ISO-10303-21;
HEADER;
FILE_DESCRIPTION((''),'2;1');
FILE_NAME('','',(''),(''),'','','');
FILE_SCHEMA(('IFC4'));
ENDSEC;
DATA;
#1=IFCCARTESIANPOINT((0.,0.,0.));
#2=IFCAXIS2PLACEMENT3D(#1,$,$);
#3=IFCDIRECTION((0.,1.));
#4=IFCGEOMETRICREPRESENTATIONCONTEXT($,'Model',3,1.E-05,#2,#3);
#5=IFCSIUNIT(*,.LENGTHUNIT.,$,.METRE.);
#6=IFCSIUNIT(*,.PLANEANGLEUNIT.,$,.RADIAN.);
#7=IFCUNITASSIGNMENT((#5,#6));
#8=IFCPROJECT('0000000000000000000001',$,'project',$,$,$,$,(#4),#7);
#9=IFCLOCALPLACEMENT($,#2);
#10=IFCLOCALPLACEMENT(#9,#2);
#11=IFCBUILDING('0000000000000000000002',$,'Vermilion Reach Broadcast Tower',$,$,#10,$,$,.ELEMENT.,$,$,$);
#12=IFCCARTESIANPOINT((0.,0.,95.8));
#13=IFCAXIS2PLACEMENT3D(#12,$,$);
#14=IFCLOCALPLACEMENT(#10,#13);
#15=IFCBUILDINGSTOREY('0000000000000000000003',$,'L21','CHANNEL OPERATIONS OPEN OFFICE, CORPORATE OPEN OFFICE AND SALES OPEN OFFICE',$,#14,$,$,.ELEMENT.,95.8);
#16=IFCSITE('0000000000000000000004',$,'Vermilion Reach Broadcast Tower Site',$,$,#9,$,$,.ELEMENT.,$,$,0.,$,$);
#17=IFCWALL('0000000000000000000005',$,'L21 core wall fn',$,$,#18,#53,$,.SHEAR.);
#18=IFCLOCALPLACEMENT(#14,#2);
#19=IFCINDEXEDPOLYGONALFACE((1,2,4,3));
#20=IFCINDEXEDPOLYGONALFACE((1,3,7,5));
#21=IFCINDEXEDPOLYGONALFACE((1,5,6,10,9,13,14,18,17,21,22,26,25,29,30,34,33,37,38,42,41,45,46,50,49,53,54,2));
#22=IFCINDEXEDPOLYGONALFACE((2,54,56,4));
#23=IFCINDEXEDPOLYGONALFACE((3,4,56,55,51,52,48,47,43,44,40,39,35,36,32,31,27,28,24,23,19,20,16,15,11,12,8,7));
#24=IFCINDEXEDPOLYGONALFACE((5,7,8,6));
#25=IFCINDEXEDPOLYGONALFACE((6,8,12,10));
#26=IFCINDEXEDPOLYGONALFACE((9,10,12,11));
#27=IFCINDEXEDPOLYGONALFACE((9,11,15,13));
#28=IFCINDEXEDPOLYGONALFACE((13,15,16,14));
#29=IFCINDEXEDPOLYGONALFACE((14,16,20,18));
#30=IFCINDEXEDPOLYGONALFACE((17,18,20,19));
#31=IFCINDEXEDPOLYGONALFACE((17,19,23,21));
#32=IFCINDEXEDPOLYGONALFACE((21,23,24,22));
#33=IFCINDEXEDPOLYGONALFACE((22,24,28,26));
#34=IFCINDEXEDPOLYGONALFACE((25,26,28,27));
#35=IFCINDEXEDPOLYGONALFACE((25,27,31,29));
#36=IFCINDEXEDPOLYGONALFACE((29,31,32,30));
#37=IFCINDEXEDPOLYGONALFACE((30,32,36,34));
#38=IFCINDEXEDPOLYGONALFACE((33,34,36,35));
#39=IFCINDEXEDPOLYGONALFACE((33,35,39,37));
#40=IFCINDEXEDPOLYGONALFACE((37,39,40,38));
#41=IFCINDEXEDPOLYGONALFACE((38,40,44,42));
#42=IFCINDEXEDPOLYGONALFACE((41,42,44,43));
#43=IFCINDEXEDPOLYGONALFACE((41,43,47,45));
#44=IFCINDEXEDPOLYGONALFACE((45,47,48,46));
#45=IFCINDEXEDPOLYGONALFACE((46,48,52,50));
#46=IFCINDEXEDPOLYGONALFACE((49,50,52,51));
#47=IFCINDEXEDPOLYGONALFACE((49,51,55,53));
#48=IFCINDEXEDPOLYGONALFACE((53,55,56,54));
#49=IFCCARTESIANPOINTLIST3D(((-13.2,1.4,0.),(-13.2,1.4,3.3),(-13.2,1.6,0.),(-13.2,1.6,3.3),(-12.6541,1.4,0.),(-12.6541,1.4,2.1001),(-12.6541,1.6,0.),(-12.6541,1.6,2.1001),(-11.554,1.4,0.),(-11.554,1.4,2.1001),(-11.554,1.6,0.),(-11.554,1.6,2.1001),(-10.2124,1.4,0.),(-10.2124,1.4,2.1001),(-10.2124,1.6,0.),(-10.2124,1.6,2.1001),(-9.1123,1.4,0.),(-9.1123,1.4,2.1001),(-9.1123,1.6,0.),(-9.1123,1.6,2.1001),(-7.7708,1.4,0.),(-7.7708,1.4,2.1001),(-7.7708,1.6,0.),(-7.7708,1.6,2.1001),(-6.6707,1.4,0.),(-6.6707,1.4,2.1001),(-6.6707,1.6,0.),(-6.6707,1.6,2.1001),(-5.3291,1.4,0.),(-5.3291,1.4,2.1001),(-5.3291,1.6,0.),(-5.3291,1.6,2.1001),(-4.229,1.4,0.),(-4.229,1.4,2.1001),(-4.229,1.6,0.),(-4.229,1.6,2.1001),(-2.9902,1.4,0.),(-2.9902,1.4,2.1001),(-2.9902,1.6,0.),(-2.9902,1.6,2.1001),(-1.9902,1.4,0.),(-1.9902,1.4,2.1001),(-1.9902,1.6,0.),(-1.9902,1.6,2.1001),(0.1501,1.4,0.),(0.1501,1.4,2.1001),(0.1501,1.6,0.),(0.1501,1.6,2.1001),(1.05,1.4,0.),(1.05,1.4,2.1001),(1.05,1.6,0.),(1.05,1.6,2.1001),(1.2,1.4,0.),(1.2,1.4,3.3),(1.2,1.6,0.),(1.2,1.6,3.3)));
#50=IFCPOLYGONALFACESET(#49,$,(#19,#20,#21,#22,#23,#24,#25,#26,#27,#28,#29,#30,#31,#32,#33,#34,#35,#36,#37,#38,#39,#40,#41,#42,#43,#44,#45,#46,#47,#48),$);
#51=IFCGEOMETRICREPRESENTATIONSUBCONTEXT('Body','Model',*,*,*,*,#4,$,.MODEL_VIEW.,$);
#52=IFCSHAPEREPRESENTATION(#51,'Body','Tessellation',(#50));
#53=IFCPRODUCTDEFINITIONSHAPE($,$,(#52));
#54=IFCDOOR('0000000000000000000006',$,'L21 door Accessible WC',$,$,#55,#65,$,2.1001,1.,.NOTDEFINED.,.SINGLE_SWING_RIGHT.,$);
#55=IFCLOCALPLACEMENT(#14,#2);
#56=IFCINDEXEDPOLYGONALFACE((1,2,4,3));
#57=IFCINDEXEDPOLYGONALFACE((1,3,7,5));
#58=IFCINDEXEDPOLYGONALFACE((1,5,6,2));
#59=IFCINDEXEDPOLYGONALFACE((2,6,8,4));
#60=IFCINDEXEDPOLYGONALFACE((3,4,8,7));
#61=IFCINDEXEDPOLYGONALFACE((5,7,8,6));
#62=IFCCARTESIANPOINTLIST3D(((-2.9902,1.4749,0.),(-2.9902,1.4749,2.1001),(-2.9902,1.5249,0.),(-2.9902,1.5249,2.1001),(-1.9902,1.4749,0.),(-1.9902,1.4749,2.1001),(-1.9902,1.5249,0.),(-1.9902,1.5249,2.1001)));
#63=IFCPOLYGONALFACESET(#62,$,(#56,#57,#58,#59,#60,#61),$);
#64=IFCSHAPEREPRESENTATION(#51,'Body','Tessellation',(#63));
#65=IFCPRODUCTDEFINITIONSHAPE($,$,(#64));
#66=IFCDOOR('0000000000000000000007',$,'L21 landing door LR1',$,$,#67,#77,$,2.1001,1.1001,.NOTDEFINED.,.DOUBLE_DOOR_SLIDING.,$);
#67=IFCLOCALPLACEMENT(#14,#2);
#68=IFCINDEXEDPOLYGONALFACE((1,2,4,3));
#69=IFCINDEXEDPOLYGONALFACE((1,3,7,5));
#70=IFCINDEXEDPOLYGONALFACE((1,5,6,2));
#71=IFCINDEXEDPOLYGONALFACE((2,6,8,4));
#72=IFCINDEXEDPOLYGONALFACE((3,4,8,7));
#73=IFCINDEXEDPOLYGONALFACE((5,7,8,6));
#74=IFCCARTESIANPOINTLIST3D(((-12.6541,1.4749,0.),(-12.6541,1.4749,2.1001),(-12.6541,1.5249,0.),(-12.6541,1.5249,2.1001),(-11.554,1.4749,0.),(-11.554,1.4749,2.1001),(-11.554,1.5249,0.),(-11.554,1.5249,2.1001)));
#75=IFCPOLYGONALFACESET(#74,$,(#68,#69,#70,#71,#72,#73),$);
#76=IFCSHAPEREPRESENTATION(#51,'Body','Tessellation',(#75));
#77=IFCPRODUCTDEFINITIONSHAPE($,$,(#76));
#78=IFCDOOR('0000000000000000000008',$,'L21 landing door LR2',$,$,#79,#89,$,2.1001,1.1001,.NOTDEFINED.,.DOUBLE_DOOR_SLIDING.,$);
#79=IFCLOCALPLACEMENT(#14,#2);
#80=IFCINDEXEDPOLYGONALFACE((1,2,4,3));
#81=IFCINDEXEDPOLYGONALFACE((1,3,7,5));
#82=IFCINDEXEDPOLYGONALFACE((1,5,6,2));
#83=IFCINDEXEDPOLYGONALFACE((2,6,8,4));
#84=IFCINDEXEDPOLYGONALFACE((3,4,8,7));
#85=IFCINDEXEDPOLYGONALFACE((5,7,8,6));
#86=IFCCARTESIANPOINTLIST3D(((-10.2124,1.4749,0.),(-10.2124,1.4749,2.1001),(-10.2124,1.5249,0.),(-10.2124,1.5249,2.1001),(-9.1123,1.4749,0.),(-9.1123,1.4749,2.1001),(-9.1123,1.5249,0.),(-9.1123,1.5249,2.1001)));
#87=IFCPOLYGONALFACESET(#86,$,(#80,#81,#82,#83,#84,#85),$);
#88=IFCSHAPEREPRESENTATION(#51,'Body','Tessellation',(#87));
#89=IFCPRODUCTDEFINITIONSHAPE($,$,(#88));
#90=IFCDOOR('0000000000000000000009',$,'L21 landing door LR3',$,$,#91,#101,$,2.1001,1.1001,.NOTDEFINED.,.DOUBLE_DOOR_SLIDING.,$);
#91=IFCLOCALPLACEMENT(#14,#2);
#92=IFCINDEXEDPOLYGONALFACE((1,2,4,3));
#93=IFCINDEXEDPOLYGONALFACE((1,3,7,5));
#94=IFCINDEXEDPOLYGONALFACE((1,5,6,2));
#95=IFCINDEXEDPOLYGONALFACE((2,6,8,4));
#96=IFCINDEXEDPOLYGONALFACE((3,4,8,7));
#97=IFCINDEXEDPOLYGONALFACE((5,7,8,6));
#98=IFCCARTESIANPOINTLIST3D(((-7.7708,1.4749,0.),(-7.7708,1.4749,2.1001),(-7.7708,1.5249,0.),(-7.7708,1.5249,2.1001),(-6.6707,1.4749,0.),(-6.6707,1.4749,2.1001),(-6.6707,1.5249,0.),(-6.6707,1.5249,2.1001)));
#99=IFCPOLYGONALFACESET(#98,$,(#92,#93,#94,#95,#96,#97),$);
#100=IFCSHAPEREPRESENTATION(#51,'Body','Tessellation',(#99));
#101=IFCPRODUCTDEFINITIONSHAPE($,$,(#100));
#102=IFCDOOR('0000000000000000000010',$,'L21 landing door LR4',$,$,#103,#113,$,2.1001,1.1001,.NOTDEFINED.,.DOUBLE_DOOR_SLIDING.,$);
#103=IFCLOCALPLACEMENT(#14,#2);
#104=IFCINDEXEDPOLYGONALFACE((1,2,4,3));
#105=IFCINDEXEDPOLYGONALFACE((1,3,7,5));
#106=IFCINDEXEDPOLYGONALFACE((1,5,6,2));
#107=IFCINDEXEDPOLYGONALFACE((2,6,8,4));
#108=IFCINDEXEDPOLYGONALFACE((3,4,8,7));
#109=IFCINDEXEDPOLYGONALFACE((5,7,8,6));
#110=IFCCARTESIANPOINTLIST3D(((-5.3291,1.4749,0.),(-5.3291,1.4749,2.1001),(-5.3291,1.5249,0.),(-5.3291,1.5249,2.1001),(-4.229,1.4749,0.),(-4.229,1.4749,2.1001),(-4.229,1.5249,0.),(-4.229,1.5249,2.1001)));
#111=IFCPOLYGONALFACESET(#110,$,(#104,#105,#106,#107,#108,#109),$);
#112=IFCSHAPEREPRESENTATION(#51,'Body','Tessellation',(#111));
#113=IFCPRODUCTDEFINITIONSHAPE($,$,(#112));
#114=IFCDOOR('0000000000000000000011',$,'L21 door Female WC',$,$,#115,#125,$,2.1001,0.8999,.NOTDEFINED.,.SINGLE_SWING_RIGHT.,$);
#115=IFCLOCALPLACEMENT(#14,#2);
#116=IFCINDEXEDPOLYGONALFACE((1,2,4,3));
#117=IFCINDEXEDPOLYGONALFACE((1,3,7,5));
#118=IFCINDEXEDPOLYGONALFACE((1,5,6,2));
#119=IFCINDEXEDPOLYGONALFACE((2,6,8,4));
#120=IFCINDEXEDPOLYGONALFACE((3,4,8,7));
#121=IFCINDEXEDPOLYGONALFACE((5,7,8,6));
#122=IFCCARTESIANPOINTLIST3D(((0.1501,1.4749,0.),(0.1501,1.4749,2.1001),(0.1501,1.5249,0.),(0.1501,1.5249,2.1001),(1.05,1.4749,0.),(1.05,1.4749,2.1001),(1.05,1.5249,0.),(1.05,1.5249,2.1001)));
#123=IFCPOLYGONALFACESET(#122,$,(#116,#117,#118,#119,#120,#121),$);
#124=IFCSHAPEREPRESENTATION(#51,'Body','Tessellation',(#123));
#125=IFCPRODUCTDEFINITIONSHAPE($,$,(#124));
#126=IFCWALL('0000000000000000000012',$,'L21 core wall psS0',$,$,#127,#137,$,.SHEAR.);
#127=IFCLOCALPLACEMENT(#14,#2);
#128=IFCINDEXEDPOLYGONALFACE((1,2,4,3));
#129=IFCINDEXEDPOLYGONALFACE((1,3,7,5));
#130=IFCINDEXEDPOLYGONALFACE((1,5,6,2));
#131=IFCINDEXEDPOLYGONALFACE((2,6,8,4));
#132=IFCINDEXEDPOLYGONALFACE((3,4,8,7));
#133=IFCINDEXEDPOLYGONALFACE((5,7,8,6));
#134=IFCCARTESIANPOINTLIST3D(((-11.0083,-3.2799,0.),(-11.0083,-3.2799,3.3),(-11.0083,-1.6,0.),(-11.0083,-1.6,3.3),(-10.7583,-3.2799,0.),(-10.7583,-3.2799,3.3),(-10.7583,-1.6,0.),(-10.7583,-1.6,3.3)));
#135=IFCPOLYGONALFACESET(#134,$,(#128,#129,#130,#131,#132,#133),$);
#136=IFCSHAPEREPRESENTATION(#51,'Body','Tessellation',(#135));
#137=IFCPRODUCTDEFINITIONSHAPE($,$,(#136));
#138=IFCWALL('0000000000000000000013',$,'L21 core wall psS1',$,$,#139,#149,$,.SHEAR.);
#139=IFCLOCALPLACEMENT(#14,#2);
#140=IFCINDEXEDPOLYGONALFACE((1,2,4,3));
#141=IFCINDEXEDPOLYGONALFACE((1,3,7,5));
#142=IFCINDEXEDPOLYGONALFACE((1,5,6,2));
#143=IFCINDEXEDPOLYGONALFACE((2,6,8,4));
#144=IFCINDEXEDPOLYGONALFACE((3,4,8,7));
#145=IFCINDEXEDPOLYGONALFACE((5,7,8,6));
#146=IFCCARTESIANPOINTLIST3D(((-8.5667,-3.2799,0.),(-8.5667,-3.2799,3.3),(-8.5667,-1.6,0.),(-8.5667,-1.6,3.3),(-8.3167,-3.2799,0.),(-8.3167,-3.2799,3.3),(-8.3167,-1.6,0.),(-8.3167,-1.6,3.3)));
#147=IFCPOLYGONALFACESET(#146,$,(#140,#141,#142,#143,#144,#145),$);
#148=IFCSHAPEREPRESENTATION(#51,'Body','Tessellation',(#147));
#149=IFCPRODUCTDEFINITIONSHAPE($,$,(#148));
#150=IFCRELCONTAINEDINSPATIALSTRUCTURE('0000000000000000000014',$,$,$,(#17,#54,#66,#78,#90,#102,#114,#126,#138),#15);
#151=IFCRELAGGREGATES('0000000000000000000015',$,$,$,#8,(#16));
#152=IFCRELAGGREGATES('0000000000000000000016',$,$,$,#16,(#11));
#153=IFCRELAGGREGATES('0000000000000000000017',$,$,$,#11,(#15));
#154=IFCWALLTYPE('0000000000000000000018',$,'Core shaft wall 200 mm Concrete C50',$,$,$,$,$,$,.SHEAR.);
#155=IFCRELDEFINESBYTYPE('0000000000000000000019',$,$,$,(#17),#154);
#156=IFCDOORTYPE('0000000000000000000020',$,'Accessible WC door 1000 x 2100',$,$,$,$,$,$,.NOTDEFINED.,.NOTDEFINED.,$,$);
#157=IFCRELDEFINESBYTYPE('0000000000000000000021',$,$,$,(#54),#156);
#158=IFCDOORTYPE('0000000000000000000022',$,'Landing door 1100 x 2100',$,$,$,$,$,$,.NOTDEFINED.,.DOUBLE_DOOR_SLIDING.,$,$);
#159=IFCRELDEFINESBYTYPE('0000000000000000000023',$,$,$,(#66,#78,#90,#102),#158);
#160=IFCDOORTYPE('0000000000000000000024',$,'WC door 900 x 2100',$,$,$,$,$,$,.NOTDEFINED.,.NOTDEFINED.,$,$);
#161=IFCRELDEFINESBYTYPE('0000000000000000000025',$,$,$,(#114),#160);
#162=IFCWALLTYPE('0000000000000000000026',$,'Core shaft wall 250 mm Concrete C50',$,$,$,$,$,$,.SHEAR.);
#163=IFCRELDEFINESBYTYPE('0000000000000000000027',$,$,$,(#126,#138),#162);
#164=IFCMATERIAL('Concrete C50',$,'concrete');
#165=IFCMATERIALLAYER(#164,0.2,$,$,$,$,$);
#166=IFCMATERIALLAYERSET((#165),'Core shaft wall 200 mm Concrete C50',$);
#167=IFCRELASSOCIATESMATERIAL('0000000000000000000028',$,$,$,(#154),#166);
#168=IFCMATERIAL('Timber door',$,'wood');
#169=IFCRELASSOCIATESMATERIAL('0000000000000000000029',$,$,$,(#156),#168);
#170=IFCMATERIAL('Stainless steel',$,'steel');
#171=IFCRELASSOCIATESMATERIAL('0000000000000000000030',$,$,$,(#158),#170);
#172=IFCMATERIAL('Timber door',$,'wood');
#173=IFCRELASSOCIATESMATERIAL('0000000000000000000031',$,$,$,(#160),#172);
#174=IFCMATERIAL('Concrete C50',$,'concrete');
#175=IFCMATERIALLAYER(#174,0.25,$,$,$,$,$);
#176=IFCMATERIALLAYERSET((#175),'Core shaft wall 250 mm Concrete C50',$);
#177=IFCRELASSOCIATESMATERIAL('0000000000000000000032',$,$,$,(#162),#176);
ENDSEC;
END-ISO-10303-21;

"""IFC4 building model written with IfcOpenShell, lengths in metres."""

from ifc_helpers import new_model, si_unit, direction, frame, frame_2d, origin, place, context, subcontext, project, spatial, rectangle, extrude, material, layer, layer_set, type_object, element, fill, save


model = new_model("IFC4")

# Units and contexts
model_context = context("Model", 3, precision=1e-05, world=origin(), true_north=direction((0.0, 1.0)))
body_context = subcontext(model_context, "Body", "Model", "MODEL_VIEW")
ifc_project = project(units=[si_unit("LENGTHUNIT", "METRE"), si_unit("PLANEANGLEUNIT", "RADIAN")], contexts=[model_context])

# Site, building, storey
site_placement = place(None, origin())
site = spatial("IfcSite", under=ifc_project, at=site_placement, Name="Vermilion Reach Broadcast Tower Site", CompositionType="ELEMENT", RefElevation=0.0)
building_placement = place(site_placement, origin())
building = spatial("IfcBuilding", under=site, at=building_placement, Name="Vermilion Reach Broadcast Tower", CompositionType="ELEMENT")
storey_placement = place(building_placement, frame((0.0, 0.0, 95.8)))
storey = spatial("IfcBuildingStorey", under=building, at=storey_placement, Name="L21", Description="CHANNEL OPERATIONS OPEN OFFICE, CORPORATE OPEN OFFICE AND SALES OPEN OFFICE", CompositionType="ELEMENT", Elevation=95.8)

# Wall, openings, doors
ifc_material_1 = material(Name="Concrete C50", Category="concrete")
ifc_layer_1 = layer(ifc_material_1, 0.2)
ifc_layer_set_1 = layer_set([ifc_layer_1], Name="Core shaft wall 200 mm Concrete C50")
wall_type_1 = type_object("IfcWallType", Name="Core shaft wall 200 mm Concrete C50", PredefinedType="SHEAR", material=ifc_layer_set_1)
wall_1_placement = place(storey_placement, frame((-13.2, 1.5, 0.0), z_axis=(0.0, 0.0, 1.0), x_axis=(1.0, 0.0, 0.0)))
wall_1 = element("IfcWall", 1, at=wall_1_placement, inside=storey, type_object=wall_type_1, Name="L21 core wall fn", PredefinedType="SHEAR", context=body_context, shape_type="SweptSolid", body=[
    extrude(rectangle(XDim=14.3999, YDim=0.2, at=frame_2d((7.2, 0.0))), origin(), (0.0, 0.0, 1.0), 3.3),
])
opening_1_placement = place(wall_1_placement, frame((0.5459, 0.0, 0.0)))
opening_1 = element("IfcOpeningElement", 2, at=opening_1_placement, cuts=wall_1, PredefinedType="OPENING", context=body_context, shape_type="SweptSolid", body=[
    extrude(rectangle(XDim=1.1001, YDim=2.1001, at=frame_2d((0.55, 1.05))), frame((0.0, 0.1099, 0.0), z_axis=(0.0, -1.0, 0.0), x_axis=(1.0, 0.0, 0.0)), (0.0, 0.0, 1.0), 0.22),
])
opening_2_placement = place(wall_1_placement, frame((2.9875, 0.0, 0.0)))
opening_2 = element("IfcOpeningElement", 3, at=opening_2_placement, cuts=wall_1, PredefinedType="OPENING", context=body_context, shape_type="SweptSolid", body=[
    extrude(rectangle(XDim=1.1001, YDim=2.1001, at=frame_2d((0.55, 1.05))), frame((0.0, 0.1099, 0.0), z_axis=(0.0, -1.0, 0.0), x_axis=(1.0, 0.0, 0.0)), (0.0, 0.0, 1.0), 0.22),
])
opening_3_placement = place(wall_1_placement, frame((5.4292, 0.0, 0.0)))
opening_3 = element("IfcOpeningElement", 4, at=opening_3_placement, cuts=wall_1, PredefinedType="OPENING", context=body_context, shape_type="SweptSolid", body=[
    extrude(rectangle(XDim=1.1001, YDim=2.1001, at=frame_2d((0.55, 1.05))), frame((0.0, 0.1099, 0.0), z_axis=(0.0, -1.0, 0.0), x_axis=(1.0, 0.0, 0.0)), (0.0, 0.0, 1.0), 0.22),
])
opening_4_placement = place(wall_1_placement, frame((7.8708, 0.0, 0.0)))
opening_4 = element("IfcOpeningElement", 5, at=opening_4_placement, cuts=wall_1, PredefinedType="OPENING", context=body_context, shape_type="SweptSolid", body=[
    extrude(rectangle(XDim=1.1001, YDim=2.1001, at=frame_2d((0.55, 1.05))), frame((0.0, 0.1099, 0.0), z_axis=(0.0, -1.0, 0.0), x_axis=(1.0, 0.0, 0.0)), (0.0, 0.0, 1.0), 0.22),
])
opening_5_placement = place(wall_1_placement, frame((10.2097, 0.0, 0.0)))
opening_5 = element("IfcOpeningElement", 6, at=opening_5_placement, cuts=wall_1, PredefinedType="OPENING", context=body_context, shape_type="SweptSolid", body=[
    extrude(rectangle(XDim=1.0, YDim=2.1001, at=frame_2d((0.5, 1.05))), frame((0.0, 0.1099, 0.0), z_axis=(0.0, -1.0, 0.0), x_axis=(1.0, 0.0, 0.0)), (0.0, 0.0, 1.0), 0.22),
])
opening_6_placement = place(wall_1_placement, frame((13.3501, 0.0, 0.0)))
opening_6 = element("IfcOpeningElement", 7, at=opening_6_placement, cuts=wall_1, PredefinedType="OPENING", context=body_context, shape_type="SweptSolid", body=[
    extrude(rectangle(XDim=0.8999, YDim=2.1001, at=frame_2d((0.45, 1.05))), frame((0.0, 0.1099, 0.0), z_axis=(0.0, -1.0, 0.0), x_axis=(1.0, 0.0, 0.0)), (0.0, 0.0, 1.0), 0.22),
])
ifc_material_2 = material(Name="Timber door", Category="wood")
door_type_1 = type_object("IfcDoorType", Name="Accessible WC door 1000 x 2100", OperationType="NOTDEFINED", PredefinedType="NOTDEFINED", material=ifc_material_2)
door_1_placement = place(opening_5_placement, origin())
door_1 = element("IfcDoor", 8, at=door_1_placement, inside=storey, type_object=door_type_1, Name="L21 door Accessible WC", OperationType="SINGLE_SWING_RIGHT", OverallHeight=2.1001, OverallWidth=1.0, PredefinedType="NOTDEFINED", context=body_context, shape_type="SweptSolid", body=[
    extrude(rectangle(XDim=1.0, YDim=2.1001, at=frame_2d((0.5, 1.05))), frame((0.0, 0.0249, 0.0), z_axis=(0.0, -1.0, 0.0), x_axis=(1.0, 0.0, 0.0)), (0.0, 0.0, 1.0), 0.05),
])
fill(opening_5, door_1)
ifc_material_3 = material(Name="Stainless steel", Category="steel")
door_type_2 = type_object("IfcDoorType", Name="Landing door 1100 x 2100", OperationType="DOUBLE_DOOR_SLIDING", PredefinedType="NOTDEFINED", material=ifc_material_3)
door_2_placement = place(opening_1_placement, origin())
door_2 = element("IfcDoor", 9, at=door_2_placement, inside=storey, type_object=door_type_2, Name="L21 landing door LR1", OperationType="DOUBLE_DOOR_SLIDING", OverallHeight=2.1001, OverallWidth=1.1001, PredefinedType="NOTDEFINED", context=body_context, shape_type="SweptSolid", body=[
    extrude(rectangle(XDim=1.1001, YDim=2.1001, at=frame_2d((0.55, 1.05))), frame((0.0, 0.0249, 0.0), z_axis=(0.0, -1.0, 0.0), x_axis=(1.0, 0.0, 0.0)), (0.0, 0.0, 1.0), 0.05),
])
fill(opening_1, door_2)
door_3_placement = place(opening_2_placement, origin())
door_3 = element("IfcDoor", 10, at=door_3_placement, inside=storey, type_object=door_type_2, Name="L21 landing door LR2", OperationType="DOUBLE_DOOR_SLIDING", OverallHeight=2.1001, OverallWidth=1.1001, PredefinedType="NOTDEFINED", context=body_context, shape_type="SweptSolid", body=[
    extrude(rectangle(XDim=1.1001, YDim=2.1001, at=frame_2d((0.55, 1.05))), frame((0.0, 0.0249, 0.0), z_axis=(0.0, -1.0, 0.0), x_axis=(1.0, 0.0, 0.0)), (0.0, 0.0, 1.0), 0.05),
])
fill(opening_2, door_3)
door_4_placement = place(opening_3_placement, origin())
door_4 = element("IfcDoor", 11, at=door_4_placement, inside=storey, type_object=door_type_2, Name="L21 landing door LR3", OperationType="DOUBLE_DOOR_SLIDING", OverallHeight=2.1001, OverallWidth=1.1001, PredefinedType="NOTDEFINED", context=body_context, shape_type="SweptSolid", body=[
    extrude(rectangle(XDim=1.1001, YDim=2.1001, at=frame_2d((0.55, 1.05))), frame((0.0, 0.0249, 0.0), z_axis=(0.0, -1.0, 0.0), x_axis=(1.0, 0.0, 0.0)), (0.0, 0.0, 1.0), 0.05),
])
fill(opening_3, door_4)
door_5_placement = place(opening_4_placement, origin())
door_5 = element("IfcDoor", 12, at=door_5_placement, inside=storey, type_object=door_type_2, Name="L21 landing door LR4", OperationType="DOUBLE_DOOR_SLIDING", OverallHeight=2.1001, OverallWidth=1.1001, PredefinedType="NOTDEFINED", context=body_context, shape_type="SweptSolid", body=[
    extrude(rectangle(XDim=1.1001, YDim=2.1001, at=frame_2d((0.55, 1.05))), frame((0.0, 0.0249, 0.0), z_axis=(0.0, -1.0, 0.0), x_axis=(1.0, 0.0, 0.0)), (0.0, 0.0, 1.0), 0.05),
])
fill(opening_4, door_5)
ifc_material_4 = material(Name="Timber door", Category="wood")
door_type_3 = type_object("IfcDoorType", Name="WC door 900 x 2100", OperationType="NOTDEFINED", PredefinedType="NOTDEFINED", material=ifc_material_4)
door_6_placement = place(opening_6_placement, origin())
door_6 = element("IfcDoor", 13, at=door_6_placement, inside=storey, type_object=door_type_3, Name="L21 door Female WC", OperationType="SINGLE_SWING_RIGHT", OverallHeight=2.1001, OverallWidth=0.8999, PredefinedType="NOTDEFINED", context=body_context, shape_type="SweptSolid", body=[
    extrude(rectangle(XDim=0.8999, YDim=2.1001, at=frame_2d((0.45, 1.05))), frame((0.0, 0.0249, 0.0), z_axis=(0.0, -1.0, 0.0), x_axis=(1.0, 0.0, 0.0)), (0.0, 0.0, 1.0), 0.05),
])
fill(opening_6, door_6)

# Walls
ifc_material_5 = material(Name="Concrete C50", Category="concrete")
ifc_layer_2 = layer(ifc_material_5, 0.25)
ifc_layer_set_2 = layer_set([ifc_layer_2], Name="Core shaft wall 250 mm Concrete C50")
wall_type_2 = type_object("IfcWallType", Name="Core shaft wall 250 mm Concrete C50", PredefinedType="SHEAR", material=ifc_layer_set_2)
for number, where, z_axis, x_axis, name in (
    (14, (-10.8833, -1.6001, 0.0), (0.0, 0.0, 1.0), (0.0, -1.0, 0.0), "L21 core wall psS0"),
    (15, (-8.4417, -1.6001, 0.0), (0.0, 0.0, 1.0), (0.0, -1.0, 0.0), "L21 core wall psS1"),
):
    element("IfcWall", number, at=place(storey_placement, frame(where, z_axis=z_axis, x_axis=x_axis)), inside=storey, type_object=wall_type_2, Name=name, PredefinedType="SHEAR", context=body_context, shape_type="SweptSolid", body=[
        extrude(rectangle(XDim=1.6799, YDim=0.25, at=frame_2d((0.8398, 0.0))), origin(), (0.0, 0.0, 1.0), 3.3),
    ])

save(model, "model.ifc")
